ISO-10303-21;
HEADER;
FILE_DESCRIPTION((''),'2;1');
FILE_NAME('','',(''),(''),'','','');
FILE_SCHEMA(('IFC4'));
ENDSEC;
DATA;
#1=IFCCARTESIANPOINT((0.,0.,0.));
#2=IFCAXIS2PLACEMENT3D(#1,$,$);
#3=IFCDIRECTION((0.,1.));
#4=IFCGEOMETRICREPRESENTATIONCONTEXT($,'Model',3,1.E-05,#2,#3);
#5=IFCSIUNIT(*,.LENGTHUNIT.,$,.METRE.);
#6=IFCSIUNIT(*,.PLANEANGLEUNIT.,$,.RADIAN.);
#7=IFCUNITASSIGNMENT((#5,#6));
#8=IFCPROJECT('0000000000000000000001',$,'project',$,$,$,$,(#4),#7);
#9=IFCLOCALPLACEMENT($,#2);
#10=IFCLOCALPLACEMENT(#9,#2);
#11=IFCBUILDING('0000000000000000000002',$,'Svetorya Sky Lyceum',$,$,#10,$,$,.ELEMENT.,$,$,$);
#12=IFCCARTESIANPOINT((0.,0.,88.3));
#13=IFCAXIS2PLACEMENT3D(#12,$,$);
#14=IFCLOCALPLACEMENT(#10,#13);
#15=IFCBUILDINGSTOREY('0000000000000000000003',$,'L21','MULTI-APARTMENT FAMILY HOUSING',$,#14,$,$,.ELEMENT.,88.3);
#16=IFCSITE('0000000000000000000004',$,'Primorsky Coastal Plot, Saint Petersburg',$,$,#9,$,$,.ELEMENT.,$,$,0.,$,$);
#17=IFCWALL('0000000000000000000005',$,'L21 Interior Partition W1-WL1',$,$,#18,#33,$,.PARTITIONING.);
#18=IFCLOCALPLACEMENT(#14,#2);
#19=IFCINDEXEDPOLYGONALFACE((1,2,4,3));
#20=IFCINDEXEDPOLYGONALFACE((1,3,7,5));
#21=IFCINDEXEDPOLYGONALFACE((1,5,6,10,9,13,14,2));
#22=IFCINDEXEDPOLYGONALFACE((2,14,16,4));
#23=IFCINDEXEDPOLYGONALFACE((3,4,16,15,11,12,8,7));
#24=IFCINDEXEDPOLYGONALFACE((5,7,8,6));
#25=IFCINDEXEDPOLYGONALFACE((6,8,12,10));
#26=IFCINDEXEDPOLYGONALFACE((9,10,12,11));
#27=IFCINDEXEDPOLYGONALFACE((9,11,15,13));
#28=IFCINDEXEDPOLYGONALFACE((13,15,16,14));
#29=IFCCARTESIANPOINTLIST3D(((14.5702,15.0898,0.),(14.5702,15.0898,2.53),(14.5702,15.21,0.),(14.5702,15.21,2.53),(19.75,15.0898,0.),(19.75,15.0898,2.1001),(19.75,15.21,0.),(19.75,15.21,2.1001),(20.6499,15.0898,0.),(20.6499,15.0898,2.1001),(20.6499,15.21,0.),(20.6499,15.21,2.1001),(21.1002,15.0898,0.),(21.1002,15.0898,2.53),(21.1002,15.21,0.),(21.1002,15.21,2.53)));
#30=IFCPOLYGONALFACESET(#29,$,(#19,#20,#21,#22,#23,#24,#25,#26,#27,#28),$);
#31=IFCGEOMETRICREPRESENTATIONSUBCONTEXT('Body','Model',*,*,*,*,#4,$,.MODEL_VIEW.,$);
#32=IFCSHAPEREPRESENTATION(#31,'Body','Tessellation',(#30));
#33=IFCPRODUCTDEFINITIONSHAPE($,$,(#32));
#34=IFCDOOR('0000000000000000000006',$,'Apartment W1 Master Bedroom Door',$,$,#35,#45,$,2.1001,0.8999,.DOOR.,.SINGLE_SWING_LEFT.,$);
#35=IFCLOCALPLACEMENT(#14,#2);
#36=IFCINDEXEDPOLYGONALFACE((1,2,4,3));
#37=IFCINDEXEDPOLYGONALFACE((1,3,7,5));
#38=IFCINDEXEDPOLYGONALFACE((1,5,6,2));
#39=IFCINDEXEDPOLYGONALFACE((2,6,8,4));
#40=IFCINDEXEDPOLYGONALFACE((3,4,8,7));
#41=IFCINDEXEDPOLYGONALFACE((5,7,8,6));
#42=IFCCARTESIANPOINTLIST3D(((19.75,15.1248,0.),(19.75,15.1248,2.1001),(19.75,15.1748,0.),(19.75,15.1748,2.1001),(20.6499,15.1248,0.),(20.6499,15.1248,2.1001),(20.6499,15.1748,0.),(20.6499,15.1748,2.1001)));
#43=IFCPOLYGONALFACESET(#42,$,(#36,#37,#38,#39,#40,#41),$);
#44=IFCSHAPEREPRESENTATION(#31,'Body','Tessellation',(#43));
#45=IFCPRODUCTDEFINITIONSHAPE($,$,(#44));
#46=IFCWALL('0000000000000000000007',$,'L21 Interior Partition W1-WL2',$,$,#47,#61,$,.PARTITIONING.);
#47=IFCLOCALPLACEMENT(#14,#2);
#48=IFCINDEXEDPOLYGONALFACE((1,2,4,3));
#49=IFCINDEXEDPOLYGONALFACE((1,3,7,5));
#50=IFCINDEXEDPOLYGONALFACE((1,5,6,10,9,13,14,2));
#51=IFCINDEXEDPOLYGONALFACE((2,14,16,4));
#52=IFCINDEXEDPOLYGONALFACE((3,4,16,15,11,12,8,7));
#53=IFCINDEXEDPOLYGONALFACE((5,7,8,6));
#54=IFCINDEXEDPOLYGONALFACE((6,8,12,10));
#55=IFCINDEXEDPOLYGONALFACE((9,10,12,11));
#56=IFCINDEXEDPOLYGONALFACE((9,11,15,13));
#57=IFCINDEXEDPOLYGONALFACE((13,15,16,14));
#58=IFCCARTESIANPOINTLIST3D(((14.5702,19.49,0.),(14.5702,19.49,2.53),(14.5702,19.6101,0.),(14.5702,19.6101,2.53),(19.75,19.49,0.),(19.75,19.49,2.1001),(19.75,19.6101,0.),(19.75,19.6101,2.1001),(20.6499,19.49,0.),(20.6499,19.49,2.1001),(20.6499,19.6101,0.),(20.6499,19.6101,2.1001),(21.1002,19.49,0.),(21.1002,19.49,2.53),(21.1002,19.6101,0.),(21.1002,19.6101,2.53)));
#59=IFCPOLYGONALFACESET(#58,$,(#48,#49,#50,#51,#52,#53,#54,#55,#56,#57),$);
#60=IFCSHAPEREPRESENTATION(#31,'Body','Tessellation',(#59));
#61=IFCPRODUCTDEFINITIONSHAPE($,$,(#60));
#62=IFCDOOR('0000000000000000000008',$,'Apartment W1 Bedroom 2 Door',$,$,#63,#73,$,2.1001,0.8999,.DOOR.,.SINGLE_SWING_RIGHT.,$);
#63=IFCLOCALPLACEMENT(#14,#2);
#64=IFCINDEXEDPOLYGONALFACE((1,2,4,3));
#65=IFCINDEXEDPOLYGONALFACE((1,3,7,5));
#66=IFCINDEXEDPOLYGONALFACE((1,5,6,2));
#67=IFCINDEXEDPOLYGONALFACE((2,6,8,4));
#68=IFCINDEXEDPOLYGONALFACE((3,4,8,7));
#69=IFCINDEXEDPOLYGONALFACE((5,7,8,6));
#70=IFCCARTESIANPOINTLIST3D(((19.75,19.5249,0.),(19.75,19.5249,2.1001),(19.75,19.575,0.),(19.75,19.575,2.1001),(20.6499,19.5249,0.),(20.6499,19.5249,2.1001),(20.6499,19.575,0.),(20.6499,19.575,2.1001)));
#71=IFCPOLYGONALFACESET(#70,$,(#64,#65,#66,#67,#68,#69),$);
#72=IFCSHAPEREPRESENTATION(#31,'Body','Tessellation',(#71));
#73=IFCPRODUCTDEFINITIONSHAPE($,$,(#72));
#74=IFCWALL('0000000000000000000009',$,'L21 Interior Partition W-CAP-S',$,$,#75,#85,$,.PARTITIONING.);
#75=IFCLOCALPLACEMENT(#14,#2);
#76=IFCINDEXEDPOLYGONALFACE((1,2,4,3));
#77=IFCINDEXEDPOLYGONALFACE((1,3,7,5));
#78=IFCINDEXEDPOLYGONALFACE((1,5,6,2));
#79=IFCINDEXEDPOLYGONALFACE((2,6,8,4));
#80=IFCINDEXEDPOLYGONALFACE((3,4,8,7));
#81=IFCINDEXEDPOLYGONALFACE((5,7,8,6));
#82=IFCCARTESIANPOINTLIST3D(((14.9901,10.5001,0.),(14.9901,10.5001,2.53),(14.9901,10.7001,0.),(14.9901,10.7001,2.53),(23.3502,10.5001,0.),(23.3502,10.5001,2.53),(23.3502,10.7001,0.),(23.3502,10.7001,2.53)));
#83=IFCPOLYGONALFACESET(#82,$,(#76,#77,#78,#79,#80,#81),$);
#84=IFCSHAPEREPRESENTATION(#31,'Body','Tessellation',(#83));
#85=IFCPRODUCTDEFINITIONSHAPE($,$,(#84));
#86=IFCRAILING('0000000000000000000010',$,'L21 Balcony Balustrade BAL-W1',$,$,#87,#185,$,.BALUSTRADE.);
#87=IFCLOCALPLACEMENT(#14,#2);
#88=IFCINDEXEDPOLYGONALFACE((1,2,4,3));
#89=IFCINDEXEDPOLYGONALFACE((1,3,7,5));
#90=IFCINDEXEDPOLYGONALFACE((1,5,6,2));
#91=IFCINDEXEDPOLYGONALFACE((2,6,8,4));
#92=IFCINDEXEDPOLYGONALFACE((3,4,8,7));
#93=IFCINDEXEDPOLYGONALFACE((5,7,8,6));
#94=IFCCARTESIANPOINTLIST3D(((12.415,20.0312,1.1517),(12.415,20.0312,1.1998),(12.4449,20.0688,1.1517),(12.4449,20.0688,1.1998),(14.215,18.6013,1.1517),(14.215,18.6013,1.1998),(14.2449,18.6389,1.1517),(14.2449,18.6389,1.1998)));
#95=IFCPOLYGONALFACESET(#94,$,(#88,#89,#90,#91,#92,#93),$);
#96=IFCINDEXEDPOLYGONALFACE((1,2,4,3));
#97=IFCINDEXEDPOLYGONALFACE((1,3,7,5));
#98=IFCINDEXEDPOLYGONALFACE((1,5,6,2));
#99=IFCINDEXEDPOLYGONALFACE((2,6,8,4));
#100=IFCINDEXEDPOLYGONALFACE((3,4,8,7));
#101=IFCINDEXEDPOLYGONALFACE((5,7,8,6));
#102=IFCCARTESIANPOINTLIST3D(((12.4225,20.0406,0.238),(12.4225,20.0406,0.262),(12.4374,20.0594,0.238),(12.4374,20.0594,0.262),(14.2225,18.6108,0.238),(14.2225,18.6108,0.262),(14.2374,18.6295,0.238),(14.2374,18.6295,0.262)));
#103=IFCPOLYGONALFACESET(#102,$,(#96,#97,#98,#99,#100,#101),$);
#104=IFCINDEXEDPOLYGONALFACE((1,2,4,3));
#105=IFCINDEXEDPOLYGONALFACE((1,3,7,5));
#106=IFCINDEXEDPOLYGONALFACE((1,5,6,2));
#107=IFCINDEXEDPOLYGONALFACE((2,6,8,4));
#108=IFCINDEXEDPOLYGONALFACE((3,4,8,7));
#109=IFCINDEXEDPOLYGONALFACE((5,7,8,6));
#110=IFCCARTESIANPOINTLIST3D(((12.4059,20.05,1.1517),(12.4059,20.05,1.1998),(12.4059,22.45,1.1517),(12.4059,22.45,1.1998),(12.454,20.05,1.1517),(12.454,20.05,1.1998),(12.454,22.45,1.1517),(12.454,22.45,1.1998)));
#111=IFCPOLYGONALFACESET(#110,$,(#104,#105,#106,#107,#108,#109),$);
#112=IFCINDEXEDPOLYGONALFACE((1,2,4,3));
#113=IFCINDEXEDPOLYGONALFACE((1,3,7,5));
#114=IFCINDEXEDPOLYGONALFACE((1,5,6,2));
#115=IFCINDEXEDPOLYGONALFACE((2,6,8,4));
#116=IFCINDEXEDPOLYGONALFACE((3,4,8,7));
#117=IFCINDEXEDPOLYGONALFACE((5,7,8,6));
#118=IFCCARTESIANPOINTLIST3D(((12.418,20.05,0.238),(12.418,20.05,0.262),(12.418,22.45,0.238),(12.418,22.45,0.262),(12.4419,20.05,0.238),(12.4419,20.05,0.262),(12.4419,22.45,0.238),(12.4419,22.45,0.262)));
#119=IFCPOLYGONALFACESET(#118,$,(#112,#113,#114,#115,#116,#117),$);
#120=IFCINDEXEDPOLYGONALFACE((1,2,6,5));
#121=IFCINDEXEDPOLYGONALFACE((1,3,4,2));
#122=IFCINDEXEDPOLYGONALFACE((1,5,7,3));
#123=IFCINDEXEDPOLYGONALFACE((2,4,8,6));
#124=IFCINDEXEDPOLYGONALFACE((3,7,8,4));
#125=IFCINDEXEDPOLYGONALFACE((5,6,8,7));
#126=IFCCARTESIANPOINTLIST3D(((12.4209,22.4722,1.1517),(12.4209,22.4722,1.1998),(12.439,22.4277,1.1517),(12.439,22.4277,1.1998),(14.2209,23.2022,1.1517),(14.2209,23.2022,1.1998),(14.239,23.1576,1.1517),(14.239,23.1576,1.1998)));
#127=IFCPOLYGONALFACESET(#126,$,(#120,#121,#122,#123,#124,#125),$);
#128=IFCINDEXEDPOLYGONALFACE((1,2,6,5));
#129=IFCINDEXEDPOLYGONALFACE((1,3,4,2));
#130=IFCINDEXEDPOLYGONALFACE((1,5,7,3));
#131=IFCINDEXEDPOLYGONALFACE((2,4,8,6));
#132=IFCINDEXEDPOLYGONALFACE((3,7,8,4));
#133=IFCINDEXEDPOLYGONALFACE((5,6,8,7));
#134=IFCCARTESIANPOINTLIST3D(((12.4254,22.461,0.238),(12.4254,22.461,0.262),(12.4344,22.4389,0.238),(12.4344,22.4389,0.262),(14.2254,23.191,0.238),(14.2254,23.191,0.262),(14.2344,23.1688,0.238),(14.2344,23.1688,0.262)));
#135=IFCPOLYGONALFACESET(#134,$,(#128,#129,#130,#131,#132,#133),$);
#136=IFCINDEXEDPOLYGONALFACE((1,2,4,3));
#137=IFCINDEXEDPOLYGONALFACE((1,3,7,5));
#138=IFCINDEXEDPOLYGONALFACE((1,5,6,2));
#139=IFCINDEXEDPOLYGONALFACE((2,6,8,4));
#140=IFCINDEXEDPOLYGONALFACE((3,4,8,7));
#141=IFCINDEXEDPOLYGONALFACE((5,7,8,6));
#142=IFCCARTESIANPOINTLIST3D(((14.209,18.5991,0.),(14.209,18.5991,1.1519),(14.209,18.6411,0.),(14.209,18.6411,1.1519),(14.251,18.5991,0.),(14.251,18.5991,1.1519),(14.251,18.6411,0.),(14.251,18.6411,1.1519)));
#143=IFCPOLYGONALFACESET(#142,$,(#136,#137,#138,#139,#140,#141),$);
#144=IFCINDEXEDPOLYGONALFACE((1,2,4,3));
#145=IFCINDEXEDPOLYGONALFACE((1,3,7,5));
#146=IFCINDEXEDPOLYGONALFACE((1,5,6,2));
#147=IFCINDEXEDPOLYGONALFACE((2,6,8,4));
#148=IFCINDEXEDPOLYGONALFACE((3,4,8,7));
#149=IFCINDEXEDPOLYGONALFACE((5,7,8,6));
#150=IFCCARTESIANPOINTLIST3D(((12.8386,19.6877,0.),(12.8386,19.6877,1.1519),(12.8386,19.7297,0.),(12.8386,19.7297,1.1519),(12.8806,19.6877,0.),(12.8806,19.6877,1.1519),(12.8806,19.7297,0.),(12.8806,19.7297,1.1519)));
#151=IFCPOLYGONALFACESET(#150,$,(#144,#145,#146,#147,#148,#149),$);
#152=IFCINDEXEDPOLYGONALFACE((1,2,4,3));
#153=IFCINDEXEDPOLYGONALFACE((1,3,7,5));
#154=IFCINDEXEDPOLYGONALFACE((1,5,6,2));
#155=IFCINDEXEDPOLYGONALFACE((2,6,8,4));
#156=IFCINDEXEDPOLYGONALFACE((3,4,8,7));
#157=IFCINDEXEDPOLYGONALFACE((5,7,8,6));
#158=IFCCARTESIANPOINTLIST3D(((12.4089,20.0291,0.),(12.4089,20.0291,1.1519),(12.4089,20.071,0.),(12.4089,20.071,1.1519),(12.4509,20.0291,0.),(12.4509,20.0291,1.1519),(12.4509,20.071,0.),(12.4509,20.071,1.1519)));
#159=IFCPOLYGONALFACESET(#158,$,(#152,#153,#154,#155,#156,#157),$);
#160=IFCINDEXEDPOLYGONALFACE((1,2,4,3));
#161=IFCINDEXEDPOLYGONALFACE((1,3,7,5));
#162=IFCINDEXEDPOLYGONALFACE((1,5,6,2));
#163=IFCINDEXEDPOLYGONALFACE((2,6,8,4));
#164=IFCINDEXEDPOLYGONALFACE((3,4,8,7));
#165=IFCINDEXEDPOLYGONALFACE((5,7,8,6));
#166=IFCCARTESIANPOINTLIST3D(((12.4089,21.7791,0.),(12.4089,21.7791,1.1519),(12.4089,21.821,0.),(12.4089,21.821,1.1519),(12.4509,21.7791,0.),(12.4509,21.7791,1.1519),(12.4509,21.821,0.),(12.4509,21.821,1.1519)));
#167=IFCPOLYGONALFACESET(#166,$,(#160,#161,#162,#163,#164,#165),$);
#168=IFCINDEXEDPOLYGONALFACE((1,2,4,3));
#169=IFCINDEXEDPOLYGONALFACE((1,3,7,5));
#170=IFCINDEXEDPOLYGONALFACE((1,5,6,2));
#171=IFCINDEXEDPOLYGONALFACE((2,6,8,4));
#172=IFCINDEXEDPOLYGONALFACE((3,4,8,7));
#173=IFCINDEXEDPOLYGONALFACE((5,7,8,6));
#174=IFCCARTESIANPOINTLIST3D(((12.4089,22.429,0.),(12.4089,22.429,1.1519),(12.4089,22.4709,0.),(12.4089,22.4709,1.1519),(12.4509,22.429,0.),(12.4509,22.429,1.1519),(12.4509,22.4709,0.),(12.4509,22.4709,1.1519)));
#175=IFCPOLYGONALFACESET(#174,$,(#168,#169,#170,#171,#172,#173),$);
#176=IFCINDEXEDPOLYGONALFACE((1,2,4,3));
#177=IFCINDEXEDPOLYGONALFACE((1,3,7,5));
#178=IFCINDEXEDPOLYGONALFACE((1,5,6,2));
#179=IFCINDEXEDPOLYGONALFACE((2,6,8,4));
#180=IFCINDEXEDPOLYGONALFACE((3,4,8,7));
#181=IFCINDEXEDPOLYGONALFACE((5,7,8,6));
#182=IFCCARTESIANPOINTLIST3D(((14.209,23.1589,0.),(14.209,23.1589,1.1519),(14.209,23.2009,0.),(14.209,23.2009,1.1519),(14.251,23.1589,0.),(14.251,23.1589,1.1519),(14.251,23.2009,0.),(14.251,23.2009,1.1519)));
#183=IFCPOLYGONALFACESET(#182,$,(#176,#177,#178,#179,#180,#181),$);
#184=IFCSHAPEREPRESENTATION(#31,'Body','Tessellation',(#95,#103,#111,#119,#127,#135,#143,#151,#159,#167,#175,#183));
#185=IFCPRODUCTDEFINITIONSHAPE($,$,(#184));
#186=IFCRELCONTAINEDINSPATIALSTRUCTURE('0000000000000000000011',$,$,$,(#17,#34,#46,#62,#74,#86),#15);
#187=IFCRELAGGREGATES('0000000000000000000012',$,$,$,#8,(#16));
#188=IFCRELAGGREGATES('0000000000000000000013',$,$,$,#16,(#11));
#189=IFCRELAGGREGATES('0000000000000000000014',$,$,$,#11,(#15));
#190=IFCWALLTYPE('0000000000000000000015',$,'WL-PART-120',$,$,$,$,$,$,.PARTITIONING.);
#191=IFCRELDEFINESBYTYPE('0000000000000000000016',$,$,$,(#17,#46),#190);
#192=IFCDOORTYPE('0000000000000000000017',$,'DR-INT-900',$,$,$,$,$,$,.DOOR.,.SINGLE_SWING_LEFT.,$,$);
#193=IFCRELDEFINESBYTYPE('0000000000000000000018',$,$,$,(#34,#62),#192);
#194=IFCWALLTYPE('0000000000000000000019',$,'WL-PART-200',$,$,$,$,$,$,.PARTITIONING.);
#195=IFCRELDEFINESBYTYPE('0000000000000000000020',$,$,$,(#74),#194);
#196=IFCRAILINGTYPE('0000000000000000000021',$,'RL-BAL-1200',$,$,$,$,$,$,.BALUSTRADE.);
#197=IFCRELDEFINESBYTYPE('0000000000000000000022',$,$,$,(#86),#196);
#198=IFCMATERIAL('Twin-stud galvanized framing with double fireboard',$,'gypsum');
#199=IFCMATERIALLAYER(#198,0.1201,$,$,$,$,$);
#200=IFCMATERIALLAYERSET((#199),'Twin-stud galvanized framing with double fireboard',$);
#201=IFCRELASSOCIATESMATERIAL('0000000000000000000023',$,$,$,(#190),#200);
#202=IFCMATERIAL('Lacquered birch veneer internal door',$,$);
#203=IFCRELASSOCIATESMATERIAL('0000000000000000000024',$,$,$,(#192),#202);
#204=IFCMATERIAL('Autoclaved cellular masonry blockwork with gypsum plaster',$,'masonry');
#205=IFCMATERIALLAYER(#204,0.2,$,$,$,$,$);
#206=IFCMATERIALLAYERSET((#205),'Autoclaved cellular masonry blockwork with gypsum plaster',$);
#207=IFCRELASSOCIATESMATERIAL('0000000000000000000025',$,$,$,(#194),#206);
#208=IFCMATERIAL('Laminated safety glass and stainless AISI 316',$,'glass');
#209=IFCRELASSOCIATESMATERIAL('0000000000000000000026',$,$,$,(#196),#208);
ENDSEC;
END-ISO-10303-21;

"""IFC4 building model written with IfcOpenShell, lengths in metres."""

from ifc_helpers import new_model, si_unit, direction, frame, frame_2d, origin, origin_2d, place, context, subcontext, project, spatial, rectangle, extrude, material, layer, layer_set, type_object, element, fill, save


model = new_model("IFC4")

# Units and contexts
model_context = context("Model", 3, precision=1e-05, world=origin(), true_north=direction((0.0, 1.0)))
body_context = subcontext(model_context, "Body", "Model", "MODEL_VIEW")
ifc_project = project(units=[si_unit("LENGTHUNIT", "METRE"), si_unit("PLANEANGLEUNIT", "RADIAN")], contexts=[model_context])

# Site, building, storey
site_placement = place(None, origin())
site = spatial("IfcSite", under=ifc_project, at=site_placement, Name="Primorsky Coastal Plot, Saint Petersburg", CompositionType="ELEMENT", RefElevation=0.0)
building_placement = place(site_placement, origin())
building = spatial("IfcBuilding", under=site, at=building_placement, Name="Svetorya Sky Lyceum", CompositionType="ELEMENT")
storey_placement = place(building_placement, frame((0.0, 0.0, 88.3)))
storey = spatial("IfcBuildingStorey", under=building, at=storey_placement, Name="L21", Description="MULTI-APARTMENT FAMILY HOUSING", CompositionType="ELEMENT", Elevation=88.3)

# Walls, openings, doors
ifc_material_1 = material(Name="Twin-stud galvanized framing with double fireboard", Category="gypsum")
ifc_layer_1 = layer(ifc_material_1, 0.1201)
ifc_layer_set_1 = layer_set([ifc_layer_1], Name="Twin-stud galvanized framing with double fireboard")
wall_type_1 = type_object("IfcWallType", Name="WL-PART-120", PredefinedType="PARTITIONING", material=ifc_layer_set_1)
wall_1_placement = place(storey_placement, frame((14.5701, 15.1499, 0.0), z_axis=(0.0, 0.0, 1.0), x_axis=(1.0, 0.0, 0.0)))
wall_1 = element("IfcWall", 1, at=wall_1_placement, inside=storey, type_object=wall_type_1, Name="L21 Interior Partition W1-WL1", PredefinedType="PARTITIONING", context=body_context, shape_type="SweptSolid", body=[
    extrude(rectangle(XDim=6.53, YDim=0.1201, at=frame_2d((3.2651, 0.0))), origin(), (0.0, 0.0, 1.0), 2.53),
])
opening_1_placement = place(wall_1_placement, frame((5.1799, 0.0, 0.0)))
opening_1 = element("IfcOpeningElement", 2, at=opening_1_placement, cuts=wall_1, PredefinedType="OPENING", context=body_context, shape_type="SweptSolid", body=[
    extrude(rectangle(XDim=0.8999, YDim=2.1001, at=frame_2d((0.45, 1.05))), frame((0.0, 0.0701, 0.0), z_axis=(0.0, -1.0, 0.0), x_axis=(1.0, 0.0, 0.0)), (0.0, 0.0, 1.0), 0.1401),
])
ifc_material_2 = material(Name="Lacquered birch veneer internal door")
door_type = type_object("IfcDoorType", Name="DR-INT-900", OperationType="SINGLE_SWING_LEFT", PredefinedType="DOOR", material=ifc_material_2)
door_1_placement = place(opening_1_placement, origin())
door_1 = element("IfcDoor", 3, at=door_1_placement, inside=storey, type_object=door_type, Name="Apartment W1 Master Bedroom Door", OperationType="SINGLE_SWING_LEFT", OverallHeight=2.1001, OverallWidth=0.8999, PredefinedType="DOOR", context=body_context, shape_type="SweptSolid", body=[
    extrude(rectangle(XDim=0.8999, YDim=2.1001, at=frame_2d((0.45, 1.05))), frame((0.0, 0.0249, 0.0), z_axis=(0.0, -1.0, 0.0), x_axis=(1.0, 0.0, 0.0)), (0.0, 0.0, 1.0), 0.05),
])
fill(opening_1, door_1)
wall_2_placement = place(storey_placement, frame((14.5701, 19.55, 0.0), z_axis=(0.0, 0.0, 1.0), x_axis=(1.0, 0.0, 0.0)))
wall_2 = element("IfcWall", 4, at=wall_2_placement, inside=storey, type_object=wall_type_1, Name="L21 Interior Partition W1-WL2", PredefinedType="PARTITIONING", context=body_context, shape_type="SweptSolid", body=[
    extrude(rectangle(XDim=6.53, YDim=0.1201, at=frame_2d((3.2651, 0.0))), origin(), (0.0, 0.0, 1.0), 2.53),
])
opening_2_placement = place(wall_2_placement, frame((5.1799, 0.0, 0.0)))
opening_2 = element("IfcOpeningElement", 5, at=opening_2_placement, cuts=wall_2, PredefinedType="OPENING", context=body_context, shape_type="SweptSolid", body=[
    extrude(rectangle(XDim=0.8999, YDim=2.1001, at=frame_2d((0.45, 1.05))), frame((0.0, 0.0701, 0.0), z_axis=(0.0, -1.0, 0.0), x_axis=(1.0, 0.0, 0.0)), (0.0, 0.0, 1.0), 0.1401),
])
door_2_placement = place(opening_2_placement, origin())
door_2 = element("IfcDoor", 6, at=door_2_placement, inside=storey, type_object=door_type, Name="Apartment W1 Bedroom 2 Door", OperationType="SINGLE_SWING_RIGHT", OverallHeight=2.1001, OverallWidth=0.8999, PredefinedType="DOOR", context=body_context, shape_type="SweptSolid", body=[
    extrude(rectangle(XDim=0.8999, YDim=2.1001, at=frame_2d((0.45, 1.05))), frame((0.0, 0.0249, 0.0), z_axis=(0.0, -1.0, 0.0), x_axis=(1.0, 0.0, 0.0)), (0.0, 0.0, 1.0), 0.05),
])
fill(opening_2, door_2)

# Wall
ifc_material_3 = material(Name="Autoclaved cellular masonry blockwork with gypsum plaster", Category="masonry")
ifc_layer_2 = layer(ifc_material_3, 0.2)
ifc_layer_set_2 = layer_set([ifc_layer_2], Name="Autoclaved cellular masonry blockwork with gypsum plaster")
wall_type_2 = type_object("IfcWallType", Name="WL-PART-200", PredefinedType="PARTITIONING", material=ifc_layer_set_2)
wall_3_placement = place(storey_placement, frame((14.99, 10.6001, 0.0), z_axis=(0.0, 0.0, 1.0), x_axis=(1.0, 0.0, 0.0)))
element("IfcWall", 7, at=wall_3_placement, inside=storey, type_object=wall_type_2, Name="L21 Interior Partition W-CAP-S", PredefinedType="PARTITIONING", context=body_context, shape_type="SweptSolid", body=[
    extrude(rectangle(XDim=8.3601, YDim=0.2, at=frame_2d((4.1802, 0.0))), origin(), (0.0, 0.0, 1.0), 2.53),
])

# Railing
ifc_material_4 = material(Name="Laminated safety glass and stainless AISI 316", Category="glass")
railing_type = type_object("IfcRailingType", Name="RL-BAL-1200", PredefinedType="BALUSTRADE", material=ifc_material_4)
railing_placement = place(storey_placement, frame((14.23, 18.6201, 0.0)))
element("IfcRailing", 8, at=railing_placement, inside=storey, type_object=railing_type, Name="L21 Balcony Balustrade BAL-W1", PredefinedType="BALUSTRADE", context=body_context, shape_type="SweptSolid", body=[
    extrude(rectangle(XDim=0.0481, YDim=0.0481, at=origin_2d()), frame((0.0, 0.0, 1.1758), z_axis=(-0.783009, 0.62201, 0.0), x_axis=(-0.62201, -0.783009, 0.0)), (0.0, 0.0, 1.0), 2.2988),
    extrude(rectangle(XDim=0.0239, YDim=0.0239, at=origin_2d()), frame((0.0, 0.0, 0.25), z_axis=(-0.783009, 0.62201, 0.0), x_axis=(-0.62201, -0.783009, 0.0)), (0.0, 0.0, 1.0), 2.2988),
    extrude(rectangle(XDim=0.0481, YDim=0.0481, at=origin_2d()), frame((-1.8, 1.4299, 1.1758), z_axis=(0.0, 1.0, 0.0), x_axis=(-1.0, 0.0, 0.0)), (0.0, 0.0, 1.0), 2.3999),
    extrude(rectangle(XDim=0.0239, YDim=0.0239, at=origin_2d()), frame((-1.8, 1.4299, 0.25), z_axis=(0.0, 1.0, 0.0), x_axis=(-1.0, 0.0, 0.0)), (0.0, 0.0, 1.0), 2.3999),
    extrude(rectangle(XDim=0.0481, YDim=0.0481, at=origin_2d()), frame((-1.8, 3.8298, 1.1758), z_axis=(0.926698, 0.375807, 0.0), x_axis=(-0.375807, 0.926698, 0.0)), (0.0, 0.0, 1.0), 1.9424),
    extrude(rectangle(XDim=0.0239, YDim=0.0239, at=origin_2d()), frame((-1.8, 3.8298, 0.25), z_axis=(0.926698, 0.375807, 0.0), x_axis=(-0.375807, 0.926698, 0.0)), (0.0, 0.0, 1.0), 1.9424),
    extrude(rectangle(XDim=0.042, YDim=0.042, at=origin_2d()), origin(), (0.0, 0.0, 1.0), 1.1519),
    extrude(rectangle(XDim=0.042, YDim=0.042, at=origin_2d()), frame((-1.3704, 1.0886, 0.0)), (0.0, 0.0, 1.0), 1.1519),
    extrude(rectangle(XDim=0.042, YDim=0.042, at=origin_2d()), frame((-1.8, 1.4299, 0.0)), (0.0, 0.0, 1.0), 1.1519),
    extrude(rectangle(XDim=0.042, YDim=0.042, at=origin_2d()), frame((-1.8, 3.1799, 0.0)), (0.0, 0.0, 1.0), 1.1519),
    extrude(rectangle(XDim=0.042, YDim=0.042, at=origin_2d()), frame((-1.8, 3.8298, 0.0)), (0.0, 0.0, 1.0), 1.1519),
    extrude(rectangle(XDim=0.042, YDim=0.042, at=origin_2d()), frame((0.0, 4.5598, 0.0)), (0.0, 0.0, 1.0), 1.1519),
])

save(model, "model.ifc")
